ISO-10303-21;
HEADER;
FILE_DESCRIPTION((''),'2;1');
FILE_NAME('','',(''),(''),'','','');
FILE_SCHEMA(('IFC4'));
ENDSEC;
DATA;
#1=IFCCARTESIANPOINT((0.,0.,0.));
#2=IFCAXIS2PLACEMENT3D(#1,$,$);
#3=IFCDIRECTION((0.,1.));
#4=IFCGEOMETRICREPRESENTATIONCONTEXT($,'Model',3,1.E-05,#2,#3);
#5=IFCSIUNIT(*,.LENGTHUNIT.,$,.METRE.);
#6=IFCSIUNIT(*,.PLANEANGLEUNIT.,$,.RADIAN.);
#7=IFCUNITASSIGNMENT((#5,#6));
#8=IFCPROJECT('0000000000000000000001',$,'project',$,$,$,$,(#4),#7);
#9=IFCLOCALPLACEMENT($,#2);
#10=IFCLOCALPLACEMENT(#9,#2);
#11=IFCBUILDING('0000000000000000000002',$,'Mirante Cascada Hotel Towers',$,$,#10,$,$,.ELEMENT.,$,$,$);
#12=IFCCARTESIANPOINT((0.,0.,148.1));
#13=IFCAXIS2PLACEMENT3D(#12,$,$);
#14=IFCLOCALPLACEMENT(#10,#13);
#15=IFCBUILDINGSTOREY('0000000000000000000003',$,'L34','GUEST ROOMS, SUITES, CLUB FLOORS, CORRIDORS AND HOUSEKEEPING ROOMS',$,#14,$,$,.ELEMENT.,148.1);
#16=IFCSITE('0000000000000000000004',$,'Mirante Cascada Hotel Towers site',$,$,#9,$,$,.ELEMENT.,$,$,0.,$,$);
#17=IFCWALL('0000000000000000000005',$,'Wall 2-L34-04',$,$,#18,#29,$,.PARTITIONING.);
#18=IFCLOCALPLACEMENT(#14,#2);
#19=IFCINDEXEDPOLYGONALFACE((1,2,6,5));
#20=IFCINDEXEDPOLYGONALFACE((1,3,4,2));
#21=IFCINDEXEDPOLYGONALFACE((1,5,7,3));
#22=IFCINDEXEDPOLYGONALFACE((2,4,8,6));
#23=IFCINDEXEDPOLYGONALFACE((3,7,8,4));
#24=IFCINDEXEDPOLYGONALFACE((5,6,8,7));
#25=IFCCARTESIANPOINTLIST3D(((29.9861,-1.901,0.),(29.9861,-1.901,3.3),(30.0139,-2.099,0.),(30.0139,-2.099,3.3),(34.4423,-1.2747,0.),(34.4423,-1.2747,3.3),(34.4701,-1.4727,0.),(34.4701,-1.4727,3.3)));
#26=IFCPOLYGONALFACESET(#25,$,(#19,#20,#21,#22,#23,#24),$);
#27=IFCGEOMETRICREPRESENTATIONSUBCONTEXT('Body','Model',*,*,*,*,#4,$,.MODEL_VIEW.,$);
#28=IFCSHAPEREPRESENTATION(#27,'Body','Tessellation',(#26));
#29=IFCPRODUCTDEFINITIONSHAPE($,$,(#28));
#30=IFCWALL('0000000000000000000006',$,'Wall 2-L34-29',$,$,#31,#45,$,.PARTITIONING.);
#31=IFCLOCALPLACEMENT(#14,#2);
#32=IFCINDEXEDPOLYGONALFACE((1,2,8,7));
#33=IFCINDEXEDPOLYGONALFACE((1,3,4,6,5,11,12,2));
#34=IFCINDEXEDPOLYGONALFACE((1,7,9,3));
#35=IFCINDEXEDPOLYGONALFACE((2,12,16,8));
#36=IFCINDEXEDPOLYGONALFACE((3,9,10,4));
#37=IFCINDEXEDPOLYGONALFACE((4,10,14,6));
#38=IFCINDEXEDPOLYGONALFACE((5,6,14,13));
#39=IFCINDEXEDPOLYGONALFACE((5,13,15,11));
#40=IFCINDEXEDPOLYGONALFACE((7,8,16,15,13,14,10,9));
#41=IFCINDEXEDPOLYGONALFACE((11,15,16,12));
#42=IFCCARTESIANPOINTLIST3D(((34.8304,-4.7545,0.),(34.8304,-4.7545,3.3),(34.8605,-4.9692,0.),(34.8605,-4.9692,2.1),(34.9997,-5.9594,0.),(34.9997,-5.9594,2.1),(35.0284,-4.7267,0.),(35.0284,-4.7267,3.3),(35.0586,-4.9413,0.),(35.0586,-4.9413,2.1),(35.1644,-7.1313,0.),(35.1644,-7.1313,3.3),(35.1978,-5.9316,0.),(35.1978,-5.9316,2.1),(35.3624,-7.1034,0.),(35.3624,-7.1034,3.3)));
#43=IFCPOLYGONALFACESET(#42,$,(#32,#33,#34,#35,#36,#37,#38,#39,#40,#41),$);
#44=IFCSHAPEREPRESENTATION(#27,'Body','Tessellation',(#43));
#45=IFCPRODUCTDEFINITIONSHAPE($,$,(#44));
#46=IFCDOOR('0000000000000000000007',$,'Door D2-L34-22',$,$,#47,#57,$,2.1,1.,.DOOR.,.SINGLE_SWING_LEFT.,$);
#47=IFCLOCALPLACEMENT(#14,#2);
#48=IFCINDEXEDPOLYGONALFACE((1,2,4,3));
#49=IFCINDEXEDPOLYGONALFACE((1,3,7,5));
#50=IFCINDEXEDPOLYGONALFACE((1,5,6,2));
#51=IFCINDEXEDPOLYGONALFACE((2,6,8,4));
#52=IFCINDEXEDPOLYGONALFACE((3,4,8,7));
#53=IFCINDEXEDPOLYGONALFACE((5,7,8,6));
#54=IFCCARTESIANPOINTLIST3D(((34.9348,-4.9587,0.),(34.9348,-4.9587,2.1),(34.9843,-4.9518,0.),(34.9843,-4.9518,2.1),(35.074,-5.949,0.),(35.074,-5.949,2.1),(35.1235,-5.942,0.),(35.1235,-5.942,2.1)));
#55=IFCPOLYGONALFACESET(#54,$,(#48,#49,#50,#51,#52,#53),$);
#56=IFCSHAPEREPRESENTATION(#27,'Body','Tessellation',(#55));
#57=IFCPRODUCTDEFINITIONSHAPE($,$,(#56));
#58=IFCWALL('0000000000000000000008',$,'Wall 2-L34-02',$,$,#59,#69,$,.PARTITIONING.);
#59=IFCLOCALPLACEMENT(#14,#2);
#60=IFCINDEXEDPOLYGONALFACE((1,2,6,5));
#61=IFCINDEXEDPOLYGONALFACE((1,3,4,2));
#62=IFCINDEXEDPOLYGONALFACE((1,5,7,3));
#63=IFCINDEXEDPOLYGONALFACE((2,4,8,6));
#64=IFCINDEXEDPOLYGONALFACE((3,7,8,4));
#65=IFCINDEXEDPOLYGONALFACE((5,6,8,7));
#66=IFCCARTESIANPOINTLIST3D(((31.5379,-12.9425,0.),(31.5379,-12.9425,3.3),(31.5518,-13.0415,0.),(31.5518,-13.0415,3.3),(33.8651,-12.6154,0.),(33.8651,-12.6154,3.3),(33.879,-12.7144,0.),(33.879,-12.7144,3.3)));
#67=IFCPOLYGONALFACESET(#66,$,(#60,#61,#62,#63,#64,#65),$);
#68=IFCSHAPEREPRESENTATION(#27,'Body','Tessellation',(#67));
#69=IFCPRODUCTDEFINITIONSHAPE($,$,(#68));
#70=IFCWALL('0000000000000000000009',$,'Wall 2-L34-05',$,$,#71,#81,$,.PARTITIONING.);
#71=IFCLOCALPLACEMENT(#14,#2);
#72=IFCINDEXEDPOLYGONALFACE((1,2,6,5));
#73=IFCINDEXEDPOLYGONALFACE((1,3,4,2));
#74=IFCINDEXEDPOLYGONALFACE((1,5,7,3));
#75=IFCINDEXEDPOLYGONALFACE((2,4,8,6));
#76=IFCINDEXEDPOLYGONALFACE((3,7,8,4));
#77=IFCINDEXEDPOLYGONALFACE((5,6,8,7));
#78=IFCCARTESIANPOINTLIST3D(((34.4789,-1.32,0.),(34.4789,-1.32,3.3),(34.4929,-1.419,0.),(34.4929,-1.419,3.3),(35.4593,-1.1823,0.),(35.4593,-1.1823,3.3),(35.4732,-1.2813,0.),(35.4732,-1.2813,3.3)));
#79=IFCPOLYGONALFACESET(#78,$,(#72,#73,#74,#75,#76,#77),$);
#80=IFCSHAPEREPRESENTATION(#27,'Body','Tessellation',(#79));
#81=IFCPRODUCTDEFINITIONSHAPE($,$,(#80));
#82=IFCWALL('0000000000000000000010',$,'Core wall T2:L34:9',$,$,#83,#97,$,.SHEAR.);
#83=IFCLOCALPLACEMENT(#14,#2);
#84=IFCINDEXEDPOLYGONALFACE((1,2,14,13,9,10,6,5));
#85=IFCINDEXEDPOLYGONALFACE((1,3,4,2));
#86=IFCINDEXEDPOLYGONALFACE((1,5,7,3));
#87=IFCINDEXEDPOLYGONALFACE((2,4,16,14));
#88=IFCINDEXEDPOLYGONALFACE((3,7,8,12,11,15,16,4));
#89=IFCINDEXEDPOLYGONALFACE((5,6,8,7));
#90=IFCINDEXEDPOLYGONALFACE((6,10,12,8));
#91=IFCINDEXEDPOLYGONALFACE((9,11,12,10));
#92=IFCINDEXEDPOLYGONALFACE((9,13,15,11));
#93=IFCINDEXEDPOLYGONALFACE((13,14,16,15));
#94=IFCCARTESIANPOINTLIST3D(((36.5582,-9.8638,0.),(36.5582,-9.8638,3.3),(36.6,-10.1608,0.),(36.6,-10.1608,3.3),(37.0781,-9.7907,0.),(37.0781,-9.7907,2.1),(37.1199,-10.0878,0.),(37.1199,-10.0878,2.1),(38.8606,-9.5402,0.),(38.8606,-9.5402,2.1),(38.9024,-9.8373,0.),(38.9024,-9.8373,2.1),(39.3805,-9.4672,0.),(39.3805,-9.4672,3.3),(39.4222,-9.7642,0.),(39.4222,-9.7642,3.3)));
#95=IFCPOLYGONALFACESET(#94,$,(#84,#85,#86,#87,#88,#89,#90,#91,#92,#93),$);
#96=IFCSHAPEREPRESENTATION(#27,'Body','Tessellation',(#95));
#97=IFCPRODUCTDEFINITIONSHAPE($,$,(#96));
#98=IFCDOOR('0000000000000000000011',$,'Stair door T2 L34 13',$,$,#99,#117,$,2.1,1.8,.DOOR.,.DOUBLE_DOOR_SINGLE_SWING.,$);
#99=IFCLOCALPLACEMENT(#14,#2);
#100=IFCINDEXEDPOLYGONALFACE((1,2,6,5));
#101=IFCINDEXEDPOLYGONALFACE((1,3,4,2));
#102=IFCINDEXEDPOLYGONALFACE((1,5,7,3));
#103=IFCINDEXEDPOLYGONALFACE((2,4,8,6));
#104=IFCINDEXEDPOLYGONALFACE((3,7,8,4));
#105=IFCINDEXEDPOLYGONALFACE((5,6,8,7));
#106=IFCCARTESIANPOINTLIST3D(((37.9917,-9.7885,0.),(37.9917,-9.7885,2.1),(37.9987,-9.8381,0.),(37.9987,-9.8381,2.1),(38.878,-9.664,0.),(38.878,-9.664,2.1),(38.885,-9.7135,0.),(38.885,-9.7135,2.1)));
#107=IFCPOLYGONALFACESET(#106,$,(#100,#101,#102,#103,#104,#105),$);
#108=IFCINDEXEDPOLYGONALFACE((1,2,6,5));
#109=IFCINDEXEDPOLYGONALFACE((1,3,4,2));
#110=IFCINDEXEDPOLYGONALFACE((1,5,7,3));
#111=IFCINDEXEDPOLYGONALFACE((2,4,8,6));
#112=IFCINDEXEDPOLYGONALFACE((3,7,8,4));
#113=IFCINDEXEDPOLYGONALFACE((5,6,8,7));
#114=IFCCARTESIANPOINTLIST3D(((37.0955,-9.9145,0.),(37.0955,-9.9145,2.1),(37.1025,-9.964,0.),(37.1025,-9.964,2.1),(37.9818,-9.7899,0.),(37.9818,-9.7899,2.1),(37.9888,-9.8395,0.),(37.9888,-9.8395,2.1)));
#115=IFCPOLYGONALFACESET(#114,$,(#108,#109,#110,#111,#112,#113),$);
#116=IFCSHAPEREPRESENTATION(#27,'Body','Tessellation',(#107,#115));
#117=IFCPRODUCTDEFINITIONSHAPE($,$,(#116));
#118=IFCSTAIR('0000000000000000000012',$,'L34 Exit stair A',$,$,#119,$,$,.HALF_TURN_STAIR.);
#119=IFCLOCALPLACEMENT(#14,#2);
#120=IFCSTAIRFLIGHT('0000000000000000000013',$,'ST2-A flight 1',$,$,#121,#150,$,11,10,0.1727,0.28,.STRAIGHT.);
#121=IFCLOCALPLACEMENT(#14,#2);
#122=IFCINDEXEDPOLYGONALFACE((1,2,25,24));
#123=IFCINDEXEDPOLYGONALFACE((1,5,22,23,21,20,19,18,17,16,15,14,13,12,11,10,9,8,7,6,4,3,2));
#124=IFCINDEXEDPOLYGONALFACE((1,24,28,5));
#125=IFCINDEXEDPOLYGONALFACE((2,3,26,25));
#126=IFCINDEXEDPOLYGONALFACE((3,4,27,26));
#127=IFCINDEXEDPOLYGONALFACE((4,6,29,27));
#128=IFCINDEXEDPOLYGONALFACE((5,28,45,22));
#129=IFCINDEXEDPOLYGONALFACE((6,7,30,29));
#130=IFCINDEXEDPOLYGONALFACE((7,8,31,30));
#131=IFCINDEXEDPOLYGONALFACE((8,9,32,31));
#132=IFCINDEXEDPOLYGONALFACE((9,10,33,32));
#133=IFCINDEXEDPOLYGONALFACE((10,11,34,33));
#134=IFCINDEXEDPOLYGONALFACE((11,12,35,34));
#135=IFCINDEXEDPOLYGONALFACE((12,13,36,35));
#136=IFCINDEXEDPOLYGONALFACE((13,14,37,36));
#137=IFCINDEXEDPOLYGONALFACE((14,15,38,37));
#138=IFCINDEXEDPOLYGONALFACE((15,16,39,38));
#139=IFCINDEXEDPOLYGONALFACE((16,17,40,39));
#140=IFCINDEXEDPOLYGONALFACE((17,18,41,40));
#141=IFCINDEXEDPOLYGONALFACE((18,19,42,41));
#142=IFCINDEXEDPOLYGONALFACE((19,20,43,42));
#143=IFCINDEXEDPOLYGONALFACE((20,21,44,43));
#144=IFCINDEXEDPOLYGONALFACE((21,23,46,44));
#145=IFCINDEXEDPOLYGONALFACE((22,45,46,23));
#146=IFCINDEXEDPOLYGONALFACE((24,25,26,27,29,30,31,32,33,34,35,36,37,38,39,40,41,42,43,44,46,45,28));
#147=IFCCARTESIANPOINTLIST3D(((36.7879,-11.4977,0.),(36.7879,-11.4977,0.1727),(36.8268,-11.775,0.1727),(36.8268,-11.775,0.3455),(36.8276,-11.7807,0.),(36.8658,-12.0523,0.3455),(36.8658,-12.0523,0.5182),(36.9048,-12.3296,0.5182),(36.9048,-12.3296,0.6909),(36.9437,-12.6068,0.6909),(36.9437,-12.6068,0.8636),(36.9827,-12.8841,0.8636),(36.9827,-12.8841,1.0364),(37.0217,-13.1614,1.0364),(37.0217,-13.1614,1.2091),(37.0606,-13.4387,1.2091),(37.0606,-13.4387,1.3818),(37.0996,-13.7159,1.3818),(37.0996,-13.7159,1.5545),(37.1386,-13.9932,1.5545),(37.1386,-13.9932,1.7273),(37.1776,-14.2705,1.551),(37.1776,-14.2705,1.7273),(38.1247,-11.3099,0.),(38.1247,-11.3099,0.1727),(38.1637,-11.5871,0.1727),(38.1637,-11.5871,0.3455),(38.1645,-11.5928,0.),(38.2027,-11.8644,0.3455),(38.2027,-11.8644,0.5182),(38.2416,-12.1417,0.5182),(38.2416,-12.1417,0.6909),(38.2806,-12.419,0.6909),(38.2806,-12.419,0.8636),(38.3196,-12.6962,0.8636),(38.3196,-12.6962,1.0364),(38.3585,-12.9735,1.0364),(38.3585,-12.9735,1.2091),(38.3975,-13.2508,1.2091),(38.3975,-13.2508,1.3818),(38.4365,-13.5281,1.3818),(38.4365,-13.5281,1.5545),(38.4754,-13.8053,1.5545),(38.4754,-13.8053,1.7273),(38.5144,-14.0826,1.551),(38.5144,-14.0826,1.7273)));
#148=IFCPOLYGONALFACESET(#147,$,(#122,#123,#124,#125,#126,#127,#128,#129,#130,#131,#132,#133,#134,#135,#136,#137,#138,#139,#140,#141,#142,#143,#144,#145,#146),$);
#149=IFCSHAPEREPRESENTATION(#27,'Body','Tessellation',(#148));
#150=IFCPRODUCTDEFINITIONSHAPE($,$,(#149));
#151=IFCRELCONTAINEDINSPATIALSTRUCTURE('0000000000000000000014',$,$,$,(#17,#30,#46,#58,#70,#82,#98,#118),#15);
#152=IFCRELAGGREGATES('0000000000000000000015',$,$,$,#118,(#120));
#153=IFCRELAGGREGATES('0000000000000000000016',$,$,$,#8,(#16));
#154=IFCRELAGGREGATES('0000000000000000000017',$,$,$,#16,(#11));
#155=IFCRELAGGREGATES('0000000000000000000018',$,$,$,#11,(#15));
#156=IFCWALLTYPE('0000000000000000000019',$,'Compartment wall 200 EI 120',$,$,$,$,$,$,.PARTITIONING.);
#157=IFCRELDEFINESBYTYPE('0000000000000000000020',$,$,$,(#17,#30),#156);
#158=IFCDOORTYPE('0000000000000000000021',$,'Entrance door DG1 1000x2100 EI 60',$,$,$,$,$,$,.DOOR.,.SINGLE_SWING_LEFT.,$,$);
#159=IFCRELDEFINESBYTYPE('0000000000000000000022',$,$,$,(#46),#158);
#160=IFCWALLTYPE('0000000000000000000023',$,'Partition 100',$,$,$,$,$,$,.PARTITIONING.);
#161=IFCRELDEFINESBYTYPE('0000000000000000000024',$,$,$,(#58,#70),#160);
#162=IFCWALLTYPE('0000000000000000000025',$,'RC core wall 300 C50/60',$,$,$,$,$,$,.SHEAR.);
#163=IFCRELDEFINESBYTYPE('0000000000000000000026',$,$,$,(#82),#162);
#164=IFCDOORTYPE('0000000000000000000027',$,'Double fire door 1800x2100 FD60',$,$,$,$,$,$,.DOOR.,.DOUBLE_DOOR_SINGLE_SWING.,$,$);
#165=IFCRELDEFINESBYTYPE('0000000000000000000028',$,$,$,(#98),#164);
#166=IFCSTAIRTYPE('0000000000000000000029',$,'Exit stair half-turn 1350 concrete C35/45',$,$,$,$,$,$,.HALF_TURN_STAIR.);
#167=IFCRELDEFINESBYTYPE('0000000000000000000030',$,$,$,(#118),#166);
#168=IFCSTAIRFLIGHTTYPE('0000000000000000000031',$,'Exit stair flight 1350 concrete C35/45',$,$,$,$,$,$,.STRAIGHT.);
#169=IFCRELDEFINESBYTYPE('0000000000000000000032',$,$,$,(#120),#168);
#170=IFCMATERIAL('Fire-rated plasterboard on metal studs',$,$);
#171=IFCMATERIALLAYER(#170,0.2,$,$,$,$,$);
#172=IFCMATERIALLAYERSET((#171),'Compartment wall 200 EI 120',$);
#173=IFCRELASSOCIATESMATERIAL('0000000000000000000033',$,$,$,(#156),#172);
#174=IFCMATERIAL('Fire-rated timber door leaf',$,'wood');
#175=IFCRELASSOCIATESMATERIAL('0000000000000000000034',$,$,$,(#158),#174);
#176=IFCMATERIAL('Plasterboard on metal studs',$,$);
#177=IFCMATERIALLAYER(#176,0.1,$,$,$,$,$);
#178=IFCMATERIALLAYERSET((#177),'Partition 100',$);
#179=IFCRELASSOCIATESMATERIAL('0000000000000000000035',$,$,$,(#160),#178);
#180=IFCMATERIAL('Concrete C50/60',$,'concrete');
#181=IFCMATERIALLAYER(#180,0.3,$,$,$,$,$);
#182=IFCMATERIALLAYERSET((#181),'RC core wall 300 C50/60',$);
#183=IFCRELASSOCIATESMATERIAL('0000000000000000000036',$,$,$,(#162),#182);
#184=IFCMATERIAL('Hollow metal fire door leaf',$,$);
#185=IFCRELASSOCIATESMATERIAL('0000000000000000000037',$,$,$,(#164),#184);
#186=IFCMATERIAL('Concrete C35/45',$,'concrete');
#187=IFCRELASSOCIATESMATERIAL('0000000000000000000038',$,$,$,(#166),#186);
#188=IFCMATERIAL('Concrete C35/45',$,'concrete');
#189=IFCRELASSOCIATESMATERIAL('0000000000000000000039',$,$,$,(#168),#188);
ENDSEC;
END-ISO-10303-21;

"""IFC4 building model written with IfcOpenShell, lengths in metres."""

from ifc_helpers import new_model, si_unit, direction, frame, frame_2d, origin, place, context, subcontext, project, spatial, polyline, rectangle, outline, extrude, material, layer, layer_set, type_object, element, fill, aggregate, save


model = new_model("IFC4")

# Units and contexts
model_context = context("Model", 3, precision=1e-05, world=origin(), true_north=direction((0.0, 1.0)))
body_context = subcontext(model_context, "Body", "Model", "MODEL_VIEW")
ifc_project = project(units=[si_unit("LENGTHUNIT", "METRE"), si_unit("PLANEANGLEUNIT", "RADIAN")], contexts=[model_context])

# Site, building, storey
site_placement = place(None, origin())
site = spatial("IfcSite", under=ifc_project, at=site_placement, Name="Mirante Cascada Hotel Towers site", CompositionType="ELEMENT", RefElevation=0.0)
building_placement = place(site_placement, origin())
building = spatial("IfcBuilding", under=site, at=building_placement, Name="Mirante Cascada Hotel Towers", CompositionType="ELEMENT")
storey_placement = place(building_placement, frame((0.0, 0.0, 148.1)))
storey = spatial("IfcBuildingStorey", under=building, at=storey_placement, Name="L34", Description="GUEST ROOMS, SUITES, CLUB FLOORS, CORRIDORS AND HOUSEKEEPING ROOMS", CompositionType="ELEMENT", Elevation=148.1)

# Wall
ifc_material_1 = material(Name="Fire-rated plasterboard on metal studs")
ifc_layer_1 = layer(ifc_material_1, 0.2)
ifc_layer_set_1 = layer_set([ifc_layer_1], Name="Compartment wall 200 EI 120")
wall_type_1 = type_object("IfcWallType", Name="Compartment wall 200 EI 120", PredefinedType="PARTITIONING", material=ifc_layer_set_1)
wall_1_placement = place(storey_placement, frame((34.4562, -1.3737, 0.0), z_axis=(0.0, 0.0, 1.0), x_axis=(-0.990267, -0.139178, 0.0)))
element("IfcWall", 1, at=wall_1_placement, inside=storey, type_object=wall_type_1, Name="Wall 2-L34-04", PredefinedType="PARTITIONING", context=body_context, shape_type="SweptSolid", body=[
    extrude(rectangle(XDim=4.5, YDim=0.2, at=frame_2d((2.25, 0.0))), origin(), (0.0, 0.0, 1.0), 3.3),
])

# Wall, opening, door
wall_2_placement = place(storey_placement, frame((35.2634, -7.1173, 0.0), z_axis=(0.0, 0.0, 1.0), x_axis=(-0.139163, 0.990269, 0.0)))
wall_2 = element("IfcWall", 2, at=wall_2_placement, inside=storey, type_object=wall_type_1, Name="Wall 2-L34-29", PredefinedType="PARTITIONING", context=body_context, shape_type="SweptSolid", body=[
    extrude(rectangle(XDim=2.4001, YDim=0.2, at=frame_2d((1.2, 0.0))), origin(), (0.0, 0.0, 1.0), 3.3),
])
opening_1_placement = place(wall_2_placement, frame((1.1833, 0.0, 0.0)))
opening_1 = element("IfcOpeningElement", 3, at=opening_1_placement, cuts=wall_2, PredefinedType="OPENING", context=body_context, shape_type="SweptSolid", body=[
    extrude(rectangle(XDim=1.0, YDim=2.1, at=frame_2d((0.5, 1.05))), frame((0.0, 0.1, 0.0), z_axis=(0.0, -1.0, 0.0), x_axis=(1.0, 0.0, 0.0)), (0.0, 0.0, 1.0), 0.2),
])
ifc_material_2 = material(Name="Fire-rated timber door leaf", Category="wood")
door_type_1 = type_object("IfcDoorType", Name="Entrance door DG1 1000x2100 EI 60", OperationType="SINGLE_SWING_LEFT", PredefinedType="DOOR", material=ifc_material_2)
door_1_placement = place(opening_1_placement, origin())
door_1 = element("IfcDoor", 4, at=door_1_placement, inside=storey, type_object=door_type_1, Name="Door D2-L34-22", OperationType="SINGLE_SWING_LEFT", OverallHeight=2.1, OverallWidth=1.0, PredefinedType="DOOR", context=body_context, shape_type="SweptSolid", body=[
    extrude(rectangle(XDim=1.0, YDim=2.1, at=frame_2d((0.5, 1.05))), frame((0.0, 0.025, 0.0), z_axis=(0.0, -1.0, 0.0), x_axis=(1.0, 0.0, 0.0)), (0.0, 0.0, 1.0), 0.05),
])
fill(opening_1, door_1)

# Walls
ifc_material_3 = material(Name="Plasterboard on metal studs")
ifc_layer_2 = layer(ifc_material_3, 0.1)
ifc_layer_set_2 = layer_set([ifc_layer_2], Name="Partition 100")
wall_type_2 = type_object("IfcWallType", Name="Partition 100", PredefinedType="PARTITIONING", material=ifc_layer_set_2)
wall_3_placement = place(storey_placement, frame((33.872, -12.6649, 0.0), z_axis=(0.0, 0.0, 1.0), x_axis=(-0.990266, -0.139187, 0.0)))
element("IfcWall", 5, at=wall_3_placement, inside=storey, type_object=wall_type_2, Name="Wall 2-L34-02", PredefinedType="PARTITIONING", context=body_context, shape_type="SweptSolid", body=[
    extrude(rectangle(XDim=2.3501, YDim=0.1, at=frame_2d((1.175, 0.0))), origin(), (0.0, 0.0, 1.0), 3.3),
])
wall_4_placement = place(storey_placement, frame((34.4859, -1.3695, 0.0), z_axis=(0.0, 0.0, 1.0), x_axis=(0.99028, 0.139088, 0.0)))
element("IfcWall", 6, at=wall_4_placement, inside=storey, type_object=wall_type_2, Name="Wall 2-L34-05", PredefinedType="PARTITIONING", context=body_context, shape_type="SweptSolid", body=[
    extrude(rectangle(XDim=0.99, YDim=0.1, at=frame_2d((0.495, 0.0))), origin(), (0.0, 0.0, 1.0), 3.3),
])

# Wall, opening, door
ifc_material_4 = material(Name="Concrete C50/60", Category="concrete")
ifc_layer_3 = layer(ifc_material_4, 0.3)
ifc_layer_set_3 = layer_set([ifc_layer_3], Name="RC core wall 300 C50/60")
wall_type_3 = type_object("IfcWallType", Name="RC core wall 300 C50/60", PredefinedType="SHEAR", material=ifc_layer_set_3)
wall_5_placement = place(storey_placement, frame((36.5791, -10.0123, 0.0), z_axis=(0.0, 0.0, 1.0), x_axis=(0.99027, 0.139156, 0.0)))
wall_5 = element("IfcWall", 7, at=wall_5_placement, inside=storey, type_object=wall_type_3, Name="Core wall T2:L34:9", PredefinedType="SHEAR", context=body_context, shape_type="SweptSolid", body=[
    extrude(rectangle(XDim=2.85, YDim=0.3, at=frame_2d((1.425, 0.0))), origin(), (0.0, 0.0, 1.0), 3.3),
])
opening_2_placement = place(wall_5_placement, frame((0.525, 0.0, 0.0)))
opening_2 = element("IfcOpeningElement", 8, at=opening_2_placement, cuts=wall_5, PredefinedType="OPENING", context=body_context, shape_type="SweptSolid", body=[
    extrude(rectangle(XDim=1.8, YDim=2.1, at=frame_2d((0.9, 1.05))), frame((0.0, 0.15, 0.0), z_axis=(0.0, -1.0, 0.0), x_axis=(1.0, 0.0, 0.0)), (0.0, 0.0, 1.0), 0.3),
])
ifc_material_5 = material(Name="Hollow metal fire door leaf")
door_type_2 = type_object("IfcDoorType", Name="Double fire door 1800x2100 FD60", OperationType="DOUBLE_DOOR_SINGLE_SWING", PredefinedType="DOOR", material=ifc_material_5)
door_2_placement = place(opening_2_placement, frame((1.8, 0.0, 0.0), z_axis=(0.0, 0.0, 1.0), x_axis=(-1.0, 0.0, 0.0)))
door_2 = element("IfcDoor", 9, at=door_2_placement, inside=storey, type_object=door_type_2, Name="Stair door T2 L34 13", OperationType="DOUBLE_DOOR_SINGLE_SWING", OverallHeight=2.1, OverallWidth=1.8, PredefinedType="DOOR", context=body_context, shape_type="SweptSolid", body=[
    extrude(rectangle(XDim=0.895, YDim=2.1, at=frame_2d((0.4475, 1.05))), frame((0.0, 0.025, 0.0), z_axis=(0.0, -1.0, 0.0), x_axis=(1.0, 0.0, 0.0)), (0.0, 0.0, 1.0), 0.05),
    extrude(rectangle(XDim=0.895, YDim=2.1, at=frame_2d((1.3525, 1.05))), frame((0.0, 0.025, 0.0), z_axis=(0.0, -1.0, 0.0), x_axis=(1.0, 0.0, 0.0)), (0.0, 0.0, 1.0), 0.05),
])
fill(opening_2, door_2)

# Stair, stair flight
ifc_material_6 = material(Name="Concrete C35/45", Category="concrete")
stair_type = type_object("IfcStairType", Name="Exit stair half-turn 1350 concrete C35/45", PredefinedType="HALF_TURN_STAIR", material=ifc_material_6)
stair_placement = place(storey_placement, origin())
stair = element("IfcStair", 10, at=stair_placement, inside=storey, type_object=stair_type, Name="L34 Exit stair A", PredefinedType="HALF_TURN_STAIR")
ifc_material_7 = material(Name="Concrete C35/45", Category="concrete")
stair_flight_type = type_object("IfcStairFlightType", Name="Exit stair flight 1350 concrete C35/45", PredefinedType="STRAIGHT", material=ifc_material_7)
stair_flight_placement = place(storey_placement, frame((37.4563, -11.4038, 0.0), z_axis=(0.0, 0.0, 1.0), x_axis=(0.139173, -0.990268, 0.0)))
stair_flight = element("IfcStairFlight", 11, at=stair_flight_placement, type_object=stair_flight_type, Name="ST2-A flight 1", NumberOfRisers=11, NumberOfTreads=10, PredefinedType="STRAIGHT", RiserHeight=0.1727, TreadLength=0.28, context=body_context, shape_type="SweptSolid", body=[
    extrude(outline(polyline([(0.0, 0.0), (0.0, 0.1727), (0.28, 0.1727), (0.28, 0.3455), (0.56, 0.3455), (0.56, 0.5182), (0.84, 0.5182), (0.84, 0.6909), (1.12, 0.6909), (1.12, 0.8636), (1.4, 0.8636), (1.4, 1.0364), (1.68, 1.0364), (1.68, 1.2091), (1.96, 1.2091), (1.96, 1.3818), (2.24, 1.3818), (2.24, 1.5545), (2.52, 1.5545), (2.52, 1.7273), (2.8, 1.7273), (2.8, 1.9), (2.8, 1.551), (0.2857, 0.0), (0.0, 0.0)])), frame((0.0, 0.675, 0.0), z_axis=(0.0, -1.0, 0.0), x_axis=(1.0, 0.0, 0.0)), (0.0, 0.0, 1.0), 1.35),
])
aggregate(stair, [stair_flight])

save(model, "model.ifc")
